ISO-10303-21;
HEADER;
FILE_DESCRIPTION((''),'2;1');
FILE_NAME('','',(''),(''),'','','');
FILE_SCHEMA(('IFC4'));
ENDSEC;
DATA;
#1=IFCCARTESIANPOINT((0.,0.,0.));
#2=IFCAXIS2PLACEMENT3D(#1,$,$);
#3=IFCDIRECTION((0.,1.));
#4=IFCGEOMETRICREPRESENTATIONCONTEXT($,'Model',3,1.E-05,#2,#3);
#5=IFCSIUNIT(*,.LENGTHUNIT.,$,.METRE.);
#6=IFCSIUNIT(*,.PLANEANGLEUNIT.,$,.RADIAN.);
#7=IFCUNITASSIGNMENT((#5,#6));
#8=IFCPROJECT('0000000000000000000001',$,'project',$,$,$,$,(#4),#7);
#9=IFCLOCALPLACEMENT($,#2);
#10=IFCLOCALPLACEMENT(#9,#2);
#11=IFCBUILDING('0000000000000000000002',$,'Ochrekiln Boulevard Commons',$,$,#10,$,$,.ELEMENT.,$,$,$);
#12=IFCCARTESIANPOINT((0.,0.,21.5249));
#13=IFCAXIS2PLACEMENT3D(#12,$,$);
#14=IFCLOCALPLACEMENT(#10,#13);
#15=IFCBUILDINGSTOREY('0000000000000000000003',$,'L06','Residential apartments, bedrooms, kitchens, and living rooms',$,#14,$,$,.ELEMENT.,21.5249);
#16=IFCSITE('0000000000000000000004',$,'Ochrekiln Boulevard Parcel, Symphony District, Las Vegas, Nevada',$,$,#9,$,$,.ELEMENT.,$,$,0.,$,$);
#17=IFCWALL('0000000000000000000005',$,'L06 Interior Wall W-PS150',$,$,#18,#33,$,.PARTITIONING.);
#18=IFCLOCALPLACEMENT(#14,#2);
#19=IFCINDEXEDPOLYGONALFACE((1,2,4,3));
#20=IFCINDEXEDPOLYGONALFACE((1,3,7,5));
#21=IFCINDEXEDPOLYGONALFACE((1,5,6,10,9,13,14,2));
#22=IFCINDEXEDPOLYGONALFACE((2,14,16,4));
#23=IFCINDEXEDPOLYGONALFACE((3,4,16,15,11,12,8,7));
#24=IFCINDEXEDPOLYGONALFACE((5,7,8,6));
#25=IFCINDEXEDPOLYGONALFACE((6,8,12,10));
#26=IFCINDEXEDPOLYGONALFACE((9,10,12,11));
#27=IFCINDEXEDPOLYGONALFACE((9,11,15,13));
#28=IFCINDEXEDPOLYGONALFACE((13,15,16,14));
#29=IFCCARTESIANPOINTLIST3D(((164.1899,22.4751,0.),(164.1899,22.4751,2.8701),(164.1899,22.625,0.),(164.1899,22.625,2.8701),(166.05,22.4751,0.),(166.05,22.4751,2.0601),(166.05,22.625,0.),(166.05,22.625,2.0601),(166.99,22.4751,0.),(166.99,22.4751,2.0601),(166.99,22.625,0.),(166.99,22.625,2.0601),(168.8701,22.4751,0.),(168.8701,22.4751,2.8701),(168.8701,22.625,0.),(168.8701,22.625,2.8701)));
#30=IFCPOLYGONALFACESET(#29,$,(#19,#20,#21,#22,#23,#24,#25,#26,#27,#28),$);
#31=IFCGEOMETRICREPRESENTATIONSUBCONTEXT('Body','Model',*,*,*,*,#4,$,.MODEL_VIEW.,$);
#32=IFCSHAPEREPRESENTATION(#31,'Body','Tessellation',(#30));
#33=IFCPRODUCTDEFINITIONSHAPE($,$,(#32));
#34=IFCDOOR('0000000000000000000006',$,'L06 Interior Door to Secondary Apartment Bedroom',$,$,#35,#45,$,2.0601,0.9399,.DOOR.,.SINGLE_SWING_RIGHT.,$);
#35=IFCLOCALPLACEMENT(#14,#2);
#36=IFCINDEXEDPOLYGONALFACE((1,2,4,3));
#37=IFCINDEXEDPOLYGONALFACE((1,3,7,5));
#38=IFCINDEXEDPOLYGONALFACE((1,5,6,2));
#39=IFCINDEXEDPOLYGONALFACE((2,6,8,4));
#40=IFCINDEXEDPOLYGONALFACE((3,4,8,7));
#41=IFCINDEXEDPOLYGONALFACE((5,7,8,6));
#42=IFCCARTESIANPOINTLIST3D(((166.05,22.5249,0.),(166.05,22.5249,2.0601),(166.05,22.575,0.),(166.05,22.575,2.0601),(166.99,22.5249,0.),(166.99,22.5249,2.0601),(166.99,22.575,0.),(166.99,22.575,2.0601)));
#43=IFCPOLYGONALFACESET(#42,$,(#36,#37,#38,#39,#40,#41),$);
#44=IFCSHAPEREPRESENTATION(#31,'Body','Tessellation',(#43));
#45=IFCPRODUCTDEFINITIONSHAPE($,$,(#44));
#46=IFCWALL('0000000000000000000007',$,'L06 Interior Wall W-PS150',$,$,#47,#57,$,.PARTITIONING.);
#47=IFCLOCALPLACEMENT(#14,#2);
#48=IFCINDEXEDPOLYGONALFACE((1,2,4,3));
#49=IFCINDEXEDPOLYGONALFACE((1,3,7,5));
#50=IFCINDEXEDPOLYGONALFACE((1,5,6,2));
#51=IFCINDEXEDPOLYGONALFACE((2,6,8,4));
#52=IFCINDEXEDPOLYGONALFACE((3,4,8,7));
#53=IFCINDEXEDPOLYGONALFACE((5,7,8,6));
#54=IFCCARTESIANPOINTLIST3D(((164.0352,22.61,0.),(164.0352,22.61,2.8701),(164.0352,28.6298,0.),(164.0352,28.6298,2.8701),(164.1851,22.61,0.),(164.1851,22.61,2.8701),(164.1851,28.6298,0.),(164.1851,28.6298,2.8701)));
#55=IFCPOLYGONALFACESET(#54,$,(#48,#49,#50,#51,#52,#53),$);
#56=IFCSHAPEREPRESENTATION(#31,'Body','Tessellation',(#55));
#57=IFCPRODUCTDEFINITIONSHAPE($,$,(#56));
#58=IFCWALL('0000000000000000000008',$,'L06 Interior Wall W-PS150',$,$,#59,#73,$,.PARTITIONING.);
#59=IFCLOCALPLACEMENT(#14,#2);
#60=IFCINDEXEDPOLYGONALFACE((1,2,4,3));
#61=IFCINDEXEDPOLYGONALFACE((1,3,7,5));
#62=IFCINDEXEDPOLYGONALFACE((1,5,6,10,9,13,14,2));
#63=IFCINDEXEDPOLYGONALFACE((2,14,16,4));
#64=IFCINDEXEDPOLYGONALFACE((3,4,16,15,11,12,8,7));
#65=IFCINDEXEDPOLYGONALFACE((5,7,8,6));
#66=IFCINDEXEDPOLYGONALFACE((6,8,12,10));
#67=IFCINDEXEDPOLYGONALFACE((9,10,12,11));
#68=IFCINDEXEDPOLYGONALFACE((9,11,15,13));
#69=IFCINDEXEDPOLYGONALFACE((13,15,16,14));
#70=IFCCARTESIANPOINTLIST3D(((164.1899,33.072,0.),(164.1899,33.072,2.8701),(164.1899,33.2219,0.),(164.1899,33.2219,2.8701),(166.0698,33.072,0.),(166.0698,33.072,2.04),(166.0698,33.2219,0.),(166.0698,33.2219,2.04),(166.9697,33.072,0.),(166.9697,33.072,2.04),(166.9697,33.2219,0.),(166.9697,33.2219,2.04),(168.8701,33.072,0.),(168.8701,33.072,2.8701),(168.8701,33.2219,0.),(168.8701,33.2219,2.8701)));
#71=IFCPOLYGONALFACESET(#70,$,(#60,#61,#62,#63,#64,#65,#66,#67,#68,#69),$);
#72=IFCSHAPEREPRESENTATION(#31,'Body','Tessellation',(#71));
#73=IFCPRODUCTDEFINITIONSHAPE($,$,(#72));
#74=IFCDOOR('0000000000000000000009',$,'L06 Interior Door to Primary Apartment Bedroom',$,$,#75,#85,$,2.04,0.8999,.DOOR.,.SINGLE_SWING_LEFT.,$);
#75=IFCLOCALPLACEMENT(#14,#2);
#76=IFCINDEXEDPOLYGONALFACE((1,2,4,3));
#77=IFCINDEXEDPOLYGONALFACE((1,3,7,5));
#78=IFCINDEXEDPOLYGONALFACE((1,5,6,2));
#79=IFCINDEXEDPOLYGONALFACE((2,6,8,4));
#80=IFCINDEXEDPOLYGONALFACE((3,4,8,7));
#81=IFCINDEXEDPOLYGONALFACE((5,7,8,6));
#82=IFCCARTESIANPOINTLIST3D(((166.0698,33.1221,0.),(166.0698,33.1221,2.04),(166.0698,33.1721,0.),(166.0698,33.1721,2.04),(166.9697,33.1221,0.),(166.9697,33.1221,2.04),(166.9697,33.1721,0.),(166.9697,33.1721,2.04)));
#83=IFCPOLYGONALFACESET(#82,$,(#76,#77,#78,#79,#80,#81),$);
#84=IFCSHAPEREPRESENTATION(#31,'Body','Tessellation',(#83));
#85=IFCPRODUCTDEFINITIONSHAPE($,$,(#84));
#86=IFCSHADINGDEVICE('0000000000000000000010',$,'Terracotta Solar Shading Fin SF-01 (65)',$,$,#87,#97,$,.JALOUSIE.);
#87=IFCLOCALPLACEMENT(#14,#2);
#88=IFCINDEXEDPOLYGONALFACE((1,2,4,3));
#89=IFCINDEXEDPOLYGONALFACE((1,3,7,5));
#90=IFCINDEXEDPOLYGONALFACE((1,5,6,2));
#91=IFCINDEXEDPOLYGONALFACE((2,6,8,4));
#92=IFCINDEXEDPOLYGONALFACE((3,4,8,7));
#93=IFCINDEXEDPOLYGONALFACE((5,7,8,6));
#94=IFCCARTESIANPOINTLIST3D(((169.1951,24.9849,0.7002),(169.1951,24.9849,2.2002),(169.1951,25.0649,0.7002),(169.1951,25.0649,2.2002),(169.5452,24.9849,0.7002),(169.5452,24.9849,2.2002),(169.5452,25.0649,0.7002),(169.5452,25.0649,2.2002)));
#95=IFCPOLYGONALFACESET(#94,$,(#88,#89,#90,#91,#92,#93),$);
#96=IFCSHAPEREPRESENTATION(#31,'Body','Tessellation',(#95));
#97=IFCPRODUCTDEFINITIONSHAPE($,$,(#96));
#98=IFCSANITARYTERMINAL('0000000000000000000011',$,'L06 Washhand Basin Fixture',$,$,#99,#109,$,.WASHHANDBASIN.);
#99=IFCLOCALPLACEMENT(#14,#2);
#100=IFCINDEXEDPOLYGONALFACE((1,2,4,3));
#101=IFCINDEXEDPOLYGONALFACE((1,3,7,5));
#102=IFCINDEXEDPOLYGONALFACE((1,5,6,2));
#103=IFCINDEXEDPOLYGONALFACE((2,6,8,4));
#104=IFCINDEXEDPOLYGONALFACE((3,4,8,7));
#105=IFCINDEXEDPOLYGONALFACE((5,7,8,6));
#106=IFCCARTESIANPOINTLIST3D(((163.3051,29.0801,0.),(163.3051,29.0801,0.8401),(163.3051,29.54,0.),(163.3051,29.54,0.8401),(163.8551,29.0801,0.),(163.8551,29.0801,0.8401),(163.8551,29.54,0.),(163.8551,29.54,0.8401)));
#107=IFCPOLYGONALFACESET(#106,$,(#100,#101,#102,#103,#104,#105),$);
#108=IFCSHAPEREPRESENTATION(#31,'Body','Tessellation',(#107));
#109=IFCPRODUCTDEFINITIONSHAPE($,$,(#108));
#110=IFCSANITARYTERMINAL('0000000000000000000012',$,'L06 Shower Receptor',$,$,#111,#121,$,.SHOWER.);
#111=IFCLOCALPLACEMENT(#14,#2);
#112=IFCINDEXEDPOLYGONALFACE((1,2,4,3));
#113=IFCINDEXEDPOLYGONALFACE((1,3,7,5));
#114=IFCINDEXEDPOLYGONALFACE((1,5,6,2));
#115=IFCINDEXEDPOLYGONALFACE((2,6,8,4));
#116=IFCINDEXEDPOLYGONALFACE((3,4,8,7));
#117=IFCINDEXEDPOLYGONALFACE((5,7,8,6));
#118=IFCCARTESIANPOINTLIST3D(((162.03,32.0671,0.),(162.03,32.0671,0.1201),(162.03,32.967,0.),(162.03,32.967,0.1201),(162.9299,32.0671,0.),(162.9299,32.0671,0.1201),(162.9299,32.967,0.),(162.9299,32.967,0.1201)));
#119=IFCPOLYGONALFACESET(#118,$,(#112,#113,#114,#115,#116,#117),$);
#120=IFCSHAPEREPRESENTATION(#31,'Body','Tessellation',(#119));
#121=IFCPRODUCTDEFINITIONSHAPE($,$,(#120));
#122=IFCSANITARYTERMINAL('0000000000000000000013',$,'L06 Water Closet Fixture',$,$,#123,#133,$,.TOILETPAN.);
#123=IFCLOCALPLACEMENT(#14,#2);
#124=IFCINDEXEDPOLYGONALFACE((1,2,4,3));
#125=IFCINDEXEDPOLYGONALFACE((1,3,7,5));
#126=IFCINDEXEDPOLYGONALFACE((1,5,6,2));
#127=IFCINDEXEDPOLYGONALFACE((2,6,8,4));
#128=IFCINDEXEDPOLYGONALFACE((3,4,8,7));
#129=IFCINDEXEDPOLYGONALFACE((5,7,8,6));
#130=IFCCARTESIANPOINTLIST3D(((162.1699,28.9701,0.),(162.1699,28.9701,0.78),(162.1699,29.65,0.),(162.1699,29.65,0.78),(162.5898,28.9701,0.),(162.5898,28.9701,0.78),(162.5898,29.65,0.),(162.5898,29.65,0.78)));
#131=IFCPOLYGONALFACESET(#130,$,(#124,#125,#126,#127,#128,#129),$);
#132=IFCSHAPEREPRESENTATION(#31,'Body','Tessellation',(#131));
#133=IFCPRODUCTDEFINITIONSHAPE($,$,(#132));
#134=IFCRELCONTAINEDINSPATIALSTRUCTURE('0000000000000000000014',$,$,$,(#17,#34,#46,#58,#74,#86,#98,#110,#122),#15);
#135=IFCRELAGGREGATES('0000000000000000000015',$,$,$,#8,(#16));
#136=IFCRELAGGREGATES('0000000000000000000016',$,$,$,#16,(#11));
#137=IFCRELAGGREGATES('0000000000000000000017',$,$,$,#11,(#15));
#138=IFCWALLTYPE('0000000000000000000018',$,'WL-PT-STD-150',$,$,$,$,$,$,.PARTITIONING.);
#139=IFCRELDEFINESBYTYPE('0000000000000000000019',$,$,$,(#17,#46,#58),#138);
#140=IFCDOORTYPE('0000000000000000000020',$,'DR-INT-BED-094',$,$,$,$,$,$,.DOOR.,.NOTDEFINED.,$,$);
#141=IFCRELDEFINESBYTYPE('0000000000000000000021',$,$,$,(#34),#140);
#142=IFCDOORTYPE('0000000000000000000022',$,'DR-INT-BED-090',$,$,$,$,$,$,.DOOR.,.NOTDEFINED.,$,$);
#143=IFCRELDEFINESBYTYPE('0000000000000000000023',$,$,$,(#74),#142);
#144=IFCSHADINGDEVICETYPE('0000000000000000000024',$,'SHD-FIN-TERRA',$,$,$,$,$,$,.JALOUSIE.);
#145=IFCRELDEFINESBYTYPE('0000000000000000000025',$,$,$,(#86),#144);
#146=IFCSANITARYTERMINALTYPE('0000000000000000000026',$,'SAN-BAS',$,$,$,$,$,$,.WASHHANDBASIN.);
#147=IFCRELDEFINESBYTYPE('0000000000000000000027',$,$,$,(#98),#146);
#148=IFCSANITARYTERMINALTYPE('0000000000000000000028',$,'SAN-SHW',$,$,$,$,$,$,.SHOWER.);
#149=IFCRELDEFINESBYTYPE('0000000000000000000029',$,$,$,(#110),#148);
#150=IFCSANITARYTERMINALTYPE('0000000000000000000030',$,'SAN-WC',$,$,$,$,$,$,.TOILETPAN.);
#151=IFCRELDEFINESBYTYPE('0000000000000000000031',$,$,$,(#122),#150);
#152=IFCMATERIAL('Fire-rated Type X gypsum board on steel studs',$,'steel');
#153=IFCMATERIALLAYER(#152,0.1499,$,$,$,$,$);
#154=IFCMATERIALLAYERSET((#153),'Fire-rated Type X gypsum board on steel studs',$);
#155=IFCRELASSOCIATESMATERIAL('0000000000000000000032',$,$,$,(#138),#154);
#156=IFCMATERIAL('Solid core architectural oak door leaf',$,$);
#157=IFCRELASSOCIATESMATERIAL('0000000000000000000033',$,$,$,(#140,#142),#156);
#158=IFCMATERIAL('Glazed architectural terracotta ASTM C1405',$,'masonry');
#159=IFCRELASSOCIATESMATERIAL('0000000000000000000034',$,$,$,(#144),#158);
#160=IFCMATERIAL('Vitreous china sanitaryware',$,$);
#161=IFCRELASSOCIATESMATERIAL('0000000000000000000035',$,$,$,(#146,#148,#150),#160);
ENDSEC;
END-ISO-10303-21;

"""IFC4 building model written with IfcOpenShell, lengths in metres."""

from ifc_helpers import new_model, si_unit, direction, frame, frame_2d, origin, origin_2d, place, context, subcontext, project, spatial, rectangle, extrude, material, layer, layer_set, type_object, element, fill, save


model = new_model("IFC4")

# Units and contexts
model_context = context("Model", 3, precision=1e-05, world=origin(), true_north=direction((0.0, 1.0)))
body_context = subcontext(model_context, "Body", "Model", "MODEL_VIEW")
ifc_project = project(units=[si_unit("LENGTHUNIT", "METRE"), si_unit("PLANEANGLEUNIT", "RADIAN")], contexts=[model_context])

# Site, building, storey
site_placement = place(None, origin())
site = spatial("IfcSite", under=ifc_project, at=site_placement, Name="Ochrekiln Boulevard Parcel, Symphony District, Las Vegas, Nevada", CompositionType="ELEMENT", RefElevation=0.0)
building_placement = place(site_placement, origin())
building = spatial("IfcBuilding", under=site, at=building_placement, Name="Ochrekiln Boulevard Commons", CompositionType="ELEMENT")
storey_placement = place(building_placement, frame((0.0, 0.0, 21.5249)))
storey = spatial("IfcBuildingStorey", under=building, at=storey_placement, Name="L06", Description="Residential apartments, bedrooms, kitchens, and living rooms", CompositionType="ELEMENT", Elevation=21.5249)

# Shared definitions
ifc_material_1 = material(Name="Solid core architectural oak door leaf")

# Shared definitions
ifc_material_2 = material(Name="Fire-rated Type X gypsum board on steel studs", Category="steel")

# Wall, opening, door
ifc_layer_1 = layer(ifc_material_2, 0.1499)
ifc_layer_set_1 = layer_set([ifc_layer_1], Name="Fire-rated Type X gypsum board on steel studs")
wall_type_1 = type_object("IfcWallType", Name="WL-PT-STD-150", PredefinedType="PARTITIONING", material=ifc_layer_set_1)
wall_1_placement = place(storey_placement, frame((164.1899, 22.55, 0.0), z_axis=(0.0, 0.0, 1.0), x_axis=(1.0, 0.0, 0.0)))
wall_1 = element("IfcWall", 1, at=wall_1_placement, inside=storey, type_object=wall_type_1, Name="L06 Interior Wall W-PS150", PredefinedType="PARTITIONING", context=body_context, shape_type="SweptSolid", body=[
    extrude(rectangle(XDim=4.6802, YDim=0.1499, at=frame_2d((2.3401, 0.0))), origin(), (0.0, 0.0, 1.0), 2.8701),
])
opening_1_placement = place(wall_1_placement, frame((1.8601, 0.0, 0.0)))
opening_1 = element("IfcOpeningElement", 2, at=opening_1_placement, cuts=wall_1, PredefinedType="OPENING", context=body_context, shape_type="SweptSolid", body=[
    extrude(rectangle(XDim=0.9399, YDim=2.0601, at=frame_2d((0.47, 1.03))), frame((0.0, 0.085, 0.0), z_axis=(0.0, -1.0, 0.0), x_axis=(1.0, 0.0, 0.0)), (0.0, 0.0, 1.0), 0.1699),
])
door_type_1 = type_object("IfcDoorType", Name="DR-INT-BED-094", OperationType="NOTDEFINED", PredefinedType="DOOR", material=ifc_material_1)
door_1_placement = place(opening_1_placement, origin())
door_1 = element("IfcDoor", 3, at=door_1_placement, inside=storey, type_object=door_type_1, Name="L06 Interior Door to Secondary Apartment Bedroom", OperationType="SINGLE_SWING_RIGHT", OverallHeight=2.0601, OverallWidth=0.9399, PredefinedType="DOOR", context=body_context, shape_type="SweptSolid", body=[
    extrude(rectangle(XDim=0.9399, YDim=2.0601, at=frame_2d((0.47, 1.03))), frame((0.0, 0.0249, 0.0), z_axis=(0.0, -1.0, 0.0), x_axis=(1.0, 0.0, 0.0)), (0.0, 0.0, 1.0), 0.05),
])
fill(opening_1, door_1)

# Wall
wall_2_placement = place(storey_placement, frame((164.1101, 22.6101, 0.0), z_axis=(0.0, 0.0, 1.0), x_axis=(0.0, 1.0, 0.0)))
element("IfcWall", 4, at=wall_2_placement, inside=storey, type_object=wall_type_1, Name="L06 Interior Wall W-PS150", PredefinedType="PARTITIONING", context=body_context, shape_type="SweptSolid", body=[
    extrude(rectangle(XDim=6.0198, YDim=0.1499, at=frame_2d((3.0098, 0.0))), origin(), (0.0, 0.0, 1.0), 2.8701),
])

# Wall, opening, door
wall_3_placement = place(storey_placement, frame((164.1899, 33.147, 0.0), z_axis=(0.0, 0.0, 1.0), x_axis=(1.0, 0.0, 0.0)))
wall_3 = element("IfcWall", 5, at=wall_3_placement, inside=storey, type_object=wall_type_1, Name="L06 Interior Wall W-PS150", PredefinedType="PARTITIONING", context=body_context, shape_type="SweptSolid", body=[
    extrude(rectangle(XDim=4.6802, YDim=0.1499, at=frame_2d((2.3401, 0.0))), origin(), (0.0, 0.0, 1.0), 2.8701),
])
opening_2_placement = place(wall_3_placement, frame((1.8799, 0.0, 0.0)))
opening_2 = element("IfcOpeningElement", 6, at=opening_2_placement, cuts=wall_3, PredefinedType="OPENING", context=body_context, shape_type="SweptSolid", body=[
    extrude(rectangle(XDim=0.8999, YDim=2.04, at=frame_2d((0.45, 1.02))), frame((0.0, 0.085, 0.0), z_axis=(0.0, -1.0, 0.0), x_axis=(1.0, 0.0, 0.0)), (0.0, 0.0, 1.0), 0.1699),
])
door_type_2 = type_object("IfcDoorType", Name="DR-INT-BED-090", OperationType="NOTDEFINED", PredefinedType="DOOR", material=ifc_material_1)
door_2_placement = place(opening_2_placement, frame((0.8999, 0.0, 0.0), z_axis=(0.0, 0.0, 1.0), x_axis=(-1.0, 0.0, 0.0)))
door_2 = element("IfcDoor", 7, at=door_2_placement, inside=storey, type_object=door_type_2, Name="L06 Interior Door to Primary Apartment Bedroom", OperationType="SINGLE_SWING_LEFT", OverallHeight=2.04, OverallWidth=0.8999, PredefinedType="DOOR", context=body_context, shape_type="SweptSolid", body=[
    extrude(rectangle(XDim=0.8999, YDim=2.04, at=frame_2d((0.45, 1.02))), frame((0.0, 0.0249, 0.0), z_axis=(0.0, -1.0, 0.0), x_axis=(1.0, 0.0, 0.0)), (0.0, 0.0, 1.0), 0.05),
])
fill(opening_2, door_2)

# Shading device
ifc_material_3 = material(Name="Glazed architectural terracotta ASTM C1405", Category="masonry")
shading_device_type = type_object("IfcShadingDeviceType", Name="SHD-FIN-TERRA", PredefinedType="JALOUSIE", material=ifc_material_3)
shading_device_placement = place(storey_placement, frame((169.3701, 25.0249, 0.7002), z_axis=(0.0, 0.0, 1.0), x_axis=(1.0, 0.0, 0.0)))
element("IfcShadingDevice", 8, at=shading_device_placement, inside=storey, type_object=shading_device_type, Name="Terracotta Solar Shading Fin SF-01 (65)", PredefinedType="JALOUSIE", context=body_context, shape_type="SweptSolid", body=[
    extrude(rectangle(XDim=0.3501, YDim=0.0801, at=origin_2d()), origin(), (0.0, 0.0, 1.0), 1.5),
])

# Sanitary terminals
ifc_material_4 = material(Name="Vitreous china sanitaryware")
sanitary_terminal_type_1 = type_object("IfcSanitaryTerminalType", Name="SAN-BAS", PredefinedType="WASHHANDBASIN", material=ifc_material_4)
sanitary_terminal_1_placement = place(storey_placement, frame((163.5801, 29.3101, 0.0), z_axis=(0.0, 0.0, 1.0), x_axis=(1.0, 0.0, 0.0)))
element("IfcSanitaryTerminal", 9, at=sanitary_terminal_1_placement, inside=storey, type_object=sanitary_terminal_type_1, Name="L06 Washhand Basin Fixture", PredefinedType="WASHHANDBASIN", context=body_context, shape_type="SweptSolid", body=[
    extrude(rectangle(XDim=0.55, YDim=0.46, at=origin_2d()), origin(), (0.0, 0.0, 1.0), 0.8401),
])
sanitary_terminal_type_2 = type_object("IfcSanitaryTerminalType", Name="SAN-SHW", PredefinedType="SHOWER", material=ifc_material_4)
sanitary_terminal_2_placement = place(storey_placement, frame((162.48, 32.5171, 0.0), z_axis=(0.0, 0.0, 1.0), x_axis=(1.0, 0.0, 0.0)))
element("IfcSanitaryTerminal", 10, at=sanitary_terminal_2_placement, inside=storey, type_object=sanitary_terminal_type_2, Name="L06 Shower Receptor", PredefinedType="SHOWER", context=body_context, shape_type="SweptSolid", body=[
    extrude(rectangle(XDim=0.8999, YDim=0.8999, at=origin_2d()), origin(), (0.0, 0.0, 1.0), 0.1201),
])
sanitary_terminal_type_3 = type_object("IfcSanitaryTerminalType", Name="SAN-WC", PredefinedType="TOILETPAN", material=ifc_material_4)
sanitary_terminal_3_placement = place(storey_placement, frame((162.3799, 29.3101, 0.0), z_axis=(0.0, 0.0, 1.0), x_axis=(1.0, 0.0, 0.0)))
element("IfcSanitaryTerminal", 11, at=sanitary_terminal_3_placement, inside=storey, type_object=sanitary_terminal_type_3, Name="L06 Water Closet Fixture", PredefinedType="TOILETPAN", context=body_context, shape_type="SweptSolid", body=[
    extrude(rectangle(XDim=0.4199, YDim=0.6799, at=origin_2d()), origin(), (0.0, 0.0, 1.0), 0.78),
])

save(model, "model.ifc")
